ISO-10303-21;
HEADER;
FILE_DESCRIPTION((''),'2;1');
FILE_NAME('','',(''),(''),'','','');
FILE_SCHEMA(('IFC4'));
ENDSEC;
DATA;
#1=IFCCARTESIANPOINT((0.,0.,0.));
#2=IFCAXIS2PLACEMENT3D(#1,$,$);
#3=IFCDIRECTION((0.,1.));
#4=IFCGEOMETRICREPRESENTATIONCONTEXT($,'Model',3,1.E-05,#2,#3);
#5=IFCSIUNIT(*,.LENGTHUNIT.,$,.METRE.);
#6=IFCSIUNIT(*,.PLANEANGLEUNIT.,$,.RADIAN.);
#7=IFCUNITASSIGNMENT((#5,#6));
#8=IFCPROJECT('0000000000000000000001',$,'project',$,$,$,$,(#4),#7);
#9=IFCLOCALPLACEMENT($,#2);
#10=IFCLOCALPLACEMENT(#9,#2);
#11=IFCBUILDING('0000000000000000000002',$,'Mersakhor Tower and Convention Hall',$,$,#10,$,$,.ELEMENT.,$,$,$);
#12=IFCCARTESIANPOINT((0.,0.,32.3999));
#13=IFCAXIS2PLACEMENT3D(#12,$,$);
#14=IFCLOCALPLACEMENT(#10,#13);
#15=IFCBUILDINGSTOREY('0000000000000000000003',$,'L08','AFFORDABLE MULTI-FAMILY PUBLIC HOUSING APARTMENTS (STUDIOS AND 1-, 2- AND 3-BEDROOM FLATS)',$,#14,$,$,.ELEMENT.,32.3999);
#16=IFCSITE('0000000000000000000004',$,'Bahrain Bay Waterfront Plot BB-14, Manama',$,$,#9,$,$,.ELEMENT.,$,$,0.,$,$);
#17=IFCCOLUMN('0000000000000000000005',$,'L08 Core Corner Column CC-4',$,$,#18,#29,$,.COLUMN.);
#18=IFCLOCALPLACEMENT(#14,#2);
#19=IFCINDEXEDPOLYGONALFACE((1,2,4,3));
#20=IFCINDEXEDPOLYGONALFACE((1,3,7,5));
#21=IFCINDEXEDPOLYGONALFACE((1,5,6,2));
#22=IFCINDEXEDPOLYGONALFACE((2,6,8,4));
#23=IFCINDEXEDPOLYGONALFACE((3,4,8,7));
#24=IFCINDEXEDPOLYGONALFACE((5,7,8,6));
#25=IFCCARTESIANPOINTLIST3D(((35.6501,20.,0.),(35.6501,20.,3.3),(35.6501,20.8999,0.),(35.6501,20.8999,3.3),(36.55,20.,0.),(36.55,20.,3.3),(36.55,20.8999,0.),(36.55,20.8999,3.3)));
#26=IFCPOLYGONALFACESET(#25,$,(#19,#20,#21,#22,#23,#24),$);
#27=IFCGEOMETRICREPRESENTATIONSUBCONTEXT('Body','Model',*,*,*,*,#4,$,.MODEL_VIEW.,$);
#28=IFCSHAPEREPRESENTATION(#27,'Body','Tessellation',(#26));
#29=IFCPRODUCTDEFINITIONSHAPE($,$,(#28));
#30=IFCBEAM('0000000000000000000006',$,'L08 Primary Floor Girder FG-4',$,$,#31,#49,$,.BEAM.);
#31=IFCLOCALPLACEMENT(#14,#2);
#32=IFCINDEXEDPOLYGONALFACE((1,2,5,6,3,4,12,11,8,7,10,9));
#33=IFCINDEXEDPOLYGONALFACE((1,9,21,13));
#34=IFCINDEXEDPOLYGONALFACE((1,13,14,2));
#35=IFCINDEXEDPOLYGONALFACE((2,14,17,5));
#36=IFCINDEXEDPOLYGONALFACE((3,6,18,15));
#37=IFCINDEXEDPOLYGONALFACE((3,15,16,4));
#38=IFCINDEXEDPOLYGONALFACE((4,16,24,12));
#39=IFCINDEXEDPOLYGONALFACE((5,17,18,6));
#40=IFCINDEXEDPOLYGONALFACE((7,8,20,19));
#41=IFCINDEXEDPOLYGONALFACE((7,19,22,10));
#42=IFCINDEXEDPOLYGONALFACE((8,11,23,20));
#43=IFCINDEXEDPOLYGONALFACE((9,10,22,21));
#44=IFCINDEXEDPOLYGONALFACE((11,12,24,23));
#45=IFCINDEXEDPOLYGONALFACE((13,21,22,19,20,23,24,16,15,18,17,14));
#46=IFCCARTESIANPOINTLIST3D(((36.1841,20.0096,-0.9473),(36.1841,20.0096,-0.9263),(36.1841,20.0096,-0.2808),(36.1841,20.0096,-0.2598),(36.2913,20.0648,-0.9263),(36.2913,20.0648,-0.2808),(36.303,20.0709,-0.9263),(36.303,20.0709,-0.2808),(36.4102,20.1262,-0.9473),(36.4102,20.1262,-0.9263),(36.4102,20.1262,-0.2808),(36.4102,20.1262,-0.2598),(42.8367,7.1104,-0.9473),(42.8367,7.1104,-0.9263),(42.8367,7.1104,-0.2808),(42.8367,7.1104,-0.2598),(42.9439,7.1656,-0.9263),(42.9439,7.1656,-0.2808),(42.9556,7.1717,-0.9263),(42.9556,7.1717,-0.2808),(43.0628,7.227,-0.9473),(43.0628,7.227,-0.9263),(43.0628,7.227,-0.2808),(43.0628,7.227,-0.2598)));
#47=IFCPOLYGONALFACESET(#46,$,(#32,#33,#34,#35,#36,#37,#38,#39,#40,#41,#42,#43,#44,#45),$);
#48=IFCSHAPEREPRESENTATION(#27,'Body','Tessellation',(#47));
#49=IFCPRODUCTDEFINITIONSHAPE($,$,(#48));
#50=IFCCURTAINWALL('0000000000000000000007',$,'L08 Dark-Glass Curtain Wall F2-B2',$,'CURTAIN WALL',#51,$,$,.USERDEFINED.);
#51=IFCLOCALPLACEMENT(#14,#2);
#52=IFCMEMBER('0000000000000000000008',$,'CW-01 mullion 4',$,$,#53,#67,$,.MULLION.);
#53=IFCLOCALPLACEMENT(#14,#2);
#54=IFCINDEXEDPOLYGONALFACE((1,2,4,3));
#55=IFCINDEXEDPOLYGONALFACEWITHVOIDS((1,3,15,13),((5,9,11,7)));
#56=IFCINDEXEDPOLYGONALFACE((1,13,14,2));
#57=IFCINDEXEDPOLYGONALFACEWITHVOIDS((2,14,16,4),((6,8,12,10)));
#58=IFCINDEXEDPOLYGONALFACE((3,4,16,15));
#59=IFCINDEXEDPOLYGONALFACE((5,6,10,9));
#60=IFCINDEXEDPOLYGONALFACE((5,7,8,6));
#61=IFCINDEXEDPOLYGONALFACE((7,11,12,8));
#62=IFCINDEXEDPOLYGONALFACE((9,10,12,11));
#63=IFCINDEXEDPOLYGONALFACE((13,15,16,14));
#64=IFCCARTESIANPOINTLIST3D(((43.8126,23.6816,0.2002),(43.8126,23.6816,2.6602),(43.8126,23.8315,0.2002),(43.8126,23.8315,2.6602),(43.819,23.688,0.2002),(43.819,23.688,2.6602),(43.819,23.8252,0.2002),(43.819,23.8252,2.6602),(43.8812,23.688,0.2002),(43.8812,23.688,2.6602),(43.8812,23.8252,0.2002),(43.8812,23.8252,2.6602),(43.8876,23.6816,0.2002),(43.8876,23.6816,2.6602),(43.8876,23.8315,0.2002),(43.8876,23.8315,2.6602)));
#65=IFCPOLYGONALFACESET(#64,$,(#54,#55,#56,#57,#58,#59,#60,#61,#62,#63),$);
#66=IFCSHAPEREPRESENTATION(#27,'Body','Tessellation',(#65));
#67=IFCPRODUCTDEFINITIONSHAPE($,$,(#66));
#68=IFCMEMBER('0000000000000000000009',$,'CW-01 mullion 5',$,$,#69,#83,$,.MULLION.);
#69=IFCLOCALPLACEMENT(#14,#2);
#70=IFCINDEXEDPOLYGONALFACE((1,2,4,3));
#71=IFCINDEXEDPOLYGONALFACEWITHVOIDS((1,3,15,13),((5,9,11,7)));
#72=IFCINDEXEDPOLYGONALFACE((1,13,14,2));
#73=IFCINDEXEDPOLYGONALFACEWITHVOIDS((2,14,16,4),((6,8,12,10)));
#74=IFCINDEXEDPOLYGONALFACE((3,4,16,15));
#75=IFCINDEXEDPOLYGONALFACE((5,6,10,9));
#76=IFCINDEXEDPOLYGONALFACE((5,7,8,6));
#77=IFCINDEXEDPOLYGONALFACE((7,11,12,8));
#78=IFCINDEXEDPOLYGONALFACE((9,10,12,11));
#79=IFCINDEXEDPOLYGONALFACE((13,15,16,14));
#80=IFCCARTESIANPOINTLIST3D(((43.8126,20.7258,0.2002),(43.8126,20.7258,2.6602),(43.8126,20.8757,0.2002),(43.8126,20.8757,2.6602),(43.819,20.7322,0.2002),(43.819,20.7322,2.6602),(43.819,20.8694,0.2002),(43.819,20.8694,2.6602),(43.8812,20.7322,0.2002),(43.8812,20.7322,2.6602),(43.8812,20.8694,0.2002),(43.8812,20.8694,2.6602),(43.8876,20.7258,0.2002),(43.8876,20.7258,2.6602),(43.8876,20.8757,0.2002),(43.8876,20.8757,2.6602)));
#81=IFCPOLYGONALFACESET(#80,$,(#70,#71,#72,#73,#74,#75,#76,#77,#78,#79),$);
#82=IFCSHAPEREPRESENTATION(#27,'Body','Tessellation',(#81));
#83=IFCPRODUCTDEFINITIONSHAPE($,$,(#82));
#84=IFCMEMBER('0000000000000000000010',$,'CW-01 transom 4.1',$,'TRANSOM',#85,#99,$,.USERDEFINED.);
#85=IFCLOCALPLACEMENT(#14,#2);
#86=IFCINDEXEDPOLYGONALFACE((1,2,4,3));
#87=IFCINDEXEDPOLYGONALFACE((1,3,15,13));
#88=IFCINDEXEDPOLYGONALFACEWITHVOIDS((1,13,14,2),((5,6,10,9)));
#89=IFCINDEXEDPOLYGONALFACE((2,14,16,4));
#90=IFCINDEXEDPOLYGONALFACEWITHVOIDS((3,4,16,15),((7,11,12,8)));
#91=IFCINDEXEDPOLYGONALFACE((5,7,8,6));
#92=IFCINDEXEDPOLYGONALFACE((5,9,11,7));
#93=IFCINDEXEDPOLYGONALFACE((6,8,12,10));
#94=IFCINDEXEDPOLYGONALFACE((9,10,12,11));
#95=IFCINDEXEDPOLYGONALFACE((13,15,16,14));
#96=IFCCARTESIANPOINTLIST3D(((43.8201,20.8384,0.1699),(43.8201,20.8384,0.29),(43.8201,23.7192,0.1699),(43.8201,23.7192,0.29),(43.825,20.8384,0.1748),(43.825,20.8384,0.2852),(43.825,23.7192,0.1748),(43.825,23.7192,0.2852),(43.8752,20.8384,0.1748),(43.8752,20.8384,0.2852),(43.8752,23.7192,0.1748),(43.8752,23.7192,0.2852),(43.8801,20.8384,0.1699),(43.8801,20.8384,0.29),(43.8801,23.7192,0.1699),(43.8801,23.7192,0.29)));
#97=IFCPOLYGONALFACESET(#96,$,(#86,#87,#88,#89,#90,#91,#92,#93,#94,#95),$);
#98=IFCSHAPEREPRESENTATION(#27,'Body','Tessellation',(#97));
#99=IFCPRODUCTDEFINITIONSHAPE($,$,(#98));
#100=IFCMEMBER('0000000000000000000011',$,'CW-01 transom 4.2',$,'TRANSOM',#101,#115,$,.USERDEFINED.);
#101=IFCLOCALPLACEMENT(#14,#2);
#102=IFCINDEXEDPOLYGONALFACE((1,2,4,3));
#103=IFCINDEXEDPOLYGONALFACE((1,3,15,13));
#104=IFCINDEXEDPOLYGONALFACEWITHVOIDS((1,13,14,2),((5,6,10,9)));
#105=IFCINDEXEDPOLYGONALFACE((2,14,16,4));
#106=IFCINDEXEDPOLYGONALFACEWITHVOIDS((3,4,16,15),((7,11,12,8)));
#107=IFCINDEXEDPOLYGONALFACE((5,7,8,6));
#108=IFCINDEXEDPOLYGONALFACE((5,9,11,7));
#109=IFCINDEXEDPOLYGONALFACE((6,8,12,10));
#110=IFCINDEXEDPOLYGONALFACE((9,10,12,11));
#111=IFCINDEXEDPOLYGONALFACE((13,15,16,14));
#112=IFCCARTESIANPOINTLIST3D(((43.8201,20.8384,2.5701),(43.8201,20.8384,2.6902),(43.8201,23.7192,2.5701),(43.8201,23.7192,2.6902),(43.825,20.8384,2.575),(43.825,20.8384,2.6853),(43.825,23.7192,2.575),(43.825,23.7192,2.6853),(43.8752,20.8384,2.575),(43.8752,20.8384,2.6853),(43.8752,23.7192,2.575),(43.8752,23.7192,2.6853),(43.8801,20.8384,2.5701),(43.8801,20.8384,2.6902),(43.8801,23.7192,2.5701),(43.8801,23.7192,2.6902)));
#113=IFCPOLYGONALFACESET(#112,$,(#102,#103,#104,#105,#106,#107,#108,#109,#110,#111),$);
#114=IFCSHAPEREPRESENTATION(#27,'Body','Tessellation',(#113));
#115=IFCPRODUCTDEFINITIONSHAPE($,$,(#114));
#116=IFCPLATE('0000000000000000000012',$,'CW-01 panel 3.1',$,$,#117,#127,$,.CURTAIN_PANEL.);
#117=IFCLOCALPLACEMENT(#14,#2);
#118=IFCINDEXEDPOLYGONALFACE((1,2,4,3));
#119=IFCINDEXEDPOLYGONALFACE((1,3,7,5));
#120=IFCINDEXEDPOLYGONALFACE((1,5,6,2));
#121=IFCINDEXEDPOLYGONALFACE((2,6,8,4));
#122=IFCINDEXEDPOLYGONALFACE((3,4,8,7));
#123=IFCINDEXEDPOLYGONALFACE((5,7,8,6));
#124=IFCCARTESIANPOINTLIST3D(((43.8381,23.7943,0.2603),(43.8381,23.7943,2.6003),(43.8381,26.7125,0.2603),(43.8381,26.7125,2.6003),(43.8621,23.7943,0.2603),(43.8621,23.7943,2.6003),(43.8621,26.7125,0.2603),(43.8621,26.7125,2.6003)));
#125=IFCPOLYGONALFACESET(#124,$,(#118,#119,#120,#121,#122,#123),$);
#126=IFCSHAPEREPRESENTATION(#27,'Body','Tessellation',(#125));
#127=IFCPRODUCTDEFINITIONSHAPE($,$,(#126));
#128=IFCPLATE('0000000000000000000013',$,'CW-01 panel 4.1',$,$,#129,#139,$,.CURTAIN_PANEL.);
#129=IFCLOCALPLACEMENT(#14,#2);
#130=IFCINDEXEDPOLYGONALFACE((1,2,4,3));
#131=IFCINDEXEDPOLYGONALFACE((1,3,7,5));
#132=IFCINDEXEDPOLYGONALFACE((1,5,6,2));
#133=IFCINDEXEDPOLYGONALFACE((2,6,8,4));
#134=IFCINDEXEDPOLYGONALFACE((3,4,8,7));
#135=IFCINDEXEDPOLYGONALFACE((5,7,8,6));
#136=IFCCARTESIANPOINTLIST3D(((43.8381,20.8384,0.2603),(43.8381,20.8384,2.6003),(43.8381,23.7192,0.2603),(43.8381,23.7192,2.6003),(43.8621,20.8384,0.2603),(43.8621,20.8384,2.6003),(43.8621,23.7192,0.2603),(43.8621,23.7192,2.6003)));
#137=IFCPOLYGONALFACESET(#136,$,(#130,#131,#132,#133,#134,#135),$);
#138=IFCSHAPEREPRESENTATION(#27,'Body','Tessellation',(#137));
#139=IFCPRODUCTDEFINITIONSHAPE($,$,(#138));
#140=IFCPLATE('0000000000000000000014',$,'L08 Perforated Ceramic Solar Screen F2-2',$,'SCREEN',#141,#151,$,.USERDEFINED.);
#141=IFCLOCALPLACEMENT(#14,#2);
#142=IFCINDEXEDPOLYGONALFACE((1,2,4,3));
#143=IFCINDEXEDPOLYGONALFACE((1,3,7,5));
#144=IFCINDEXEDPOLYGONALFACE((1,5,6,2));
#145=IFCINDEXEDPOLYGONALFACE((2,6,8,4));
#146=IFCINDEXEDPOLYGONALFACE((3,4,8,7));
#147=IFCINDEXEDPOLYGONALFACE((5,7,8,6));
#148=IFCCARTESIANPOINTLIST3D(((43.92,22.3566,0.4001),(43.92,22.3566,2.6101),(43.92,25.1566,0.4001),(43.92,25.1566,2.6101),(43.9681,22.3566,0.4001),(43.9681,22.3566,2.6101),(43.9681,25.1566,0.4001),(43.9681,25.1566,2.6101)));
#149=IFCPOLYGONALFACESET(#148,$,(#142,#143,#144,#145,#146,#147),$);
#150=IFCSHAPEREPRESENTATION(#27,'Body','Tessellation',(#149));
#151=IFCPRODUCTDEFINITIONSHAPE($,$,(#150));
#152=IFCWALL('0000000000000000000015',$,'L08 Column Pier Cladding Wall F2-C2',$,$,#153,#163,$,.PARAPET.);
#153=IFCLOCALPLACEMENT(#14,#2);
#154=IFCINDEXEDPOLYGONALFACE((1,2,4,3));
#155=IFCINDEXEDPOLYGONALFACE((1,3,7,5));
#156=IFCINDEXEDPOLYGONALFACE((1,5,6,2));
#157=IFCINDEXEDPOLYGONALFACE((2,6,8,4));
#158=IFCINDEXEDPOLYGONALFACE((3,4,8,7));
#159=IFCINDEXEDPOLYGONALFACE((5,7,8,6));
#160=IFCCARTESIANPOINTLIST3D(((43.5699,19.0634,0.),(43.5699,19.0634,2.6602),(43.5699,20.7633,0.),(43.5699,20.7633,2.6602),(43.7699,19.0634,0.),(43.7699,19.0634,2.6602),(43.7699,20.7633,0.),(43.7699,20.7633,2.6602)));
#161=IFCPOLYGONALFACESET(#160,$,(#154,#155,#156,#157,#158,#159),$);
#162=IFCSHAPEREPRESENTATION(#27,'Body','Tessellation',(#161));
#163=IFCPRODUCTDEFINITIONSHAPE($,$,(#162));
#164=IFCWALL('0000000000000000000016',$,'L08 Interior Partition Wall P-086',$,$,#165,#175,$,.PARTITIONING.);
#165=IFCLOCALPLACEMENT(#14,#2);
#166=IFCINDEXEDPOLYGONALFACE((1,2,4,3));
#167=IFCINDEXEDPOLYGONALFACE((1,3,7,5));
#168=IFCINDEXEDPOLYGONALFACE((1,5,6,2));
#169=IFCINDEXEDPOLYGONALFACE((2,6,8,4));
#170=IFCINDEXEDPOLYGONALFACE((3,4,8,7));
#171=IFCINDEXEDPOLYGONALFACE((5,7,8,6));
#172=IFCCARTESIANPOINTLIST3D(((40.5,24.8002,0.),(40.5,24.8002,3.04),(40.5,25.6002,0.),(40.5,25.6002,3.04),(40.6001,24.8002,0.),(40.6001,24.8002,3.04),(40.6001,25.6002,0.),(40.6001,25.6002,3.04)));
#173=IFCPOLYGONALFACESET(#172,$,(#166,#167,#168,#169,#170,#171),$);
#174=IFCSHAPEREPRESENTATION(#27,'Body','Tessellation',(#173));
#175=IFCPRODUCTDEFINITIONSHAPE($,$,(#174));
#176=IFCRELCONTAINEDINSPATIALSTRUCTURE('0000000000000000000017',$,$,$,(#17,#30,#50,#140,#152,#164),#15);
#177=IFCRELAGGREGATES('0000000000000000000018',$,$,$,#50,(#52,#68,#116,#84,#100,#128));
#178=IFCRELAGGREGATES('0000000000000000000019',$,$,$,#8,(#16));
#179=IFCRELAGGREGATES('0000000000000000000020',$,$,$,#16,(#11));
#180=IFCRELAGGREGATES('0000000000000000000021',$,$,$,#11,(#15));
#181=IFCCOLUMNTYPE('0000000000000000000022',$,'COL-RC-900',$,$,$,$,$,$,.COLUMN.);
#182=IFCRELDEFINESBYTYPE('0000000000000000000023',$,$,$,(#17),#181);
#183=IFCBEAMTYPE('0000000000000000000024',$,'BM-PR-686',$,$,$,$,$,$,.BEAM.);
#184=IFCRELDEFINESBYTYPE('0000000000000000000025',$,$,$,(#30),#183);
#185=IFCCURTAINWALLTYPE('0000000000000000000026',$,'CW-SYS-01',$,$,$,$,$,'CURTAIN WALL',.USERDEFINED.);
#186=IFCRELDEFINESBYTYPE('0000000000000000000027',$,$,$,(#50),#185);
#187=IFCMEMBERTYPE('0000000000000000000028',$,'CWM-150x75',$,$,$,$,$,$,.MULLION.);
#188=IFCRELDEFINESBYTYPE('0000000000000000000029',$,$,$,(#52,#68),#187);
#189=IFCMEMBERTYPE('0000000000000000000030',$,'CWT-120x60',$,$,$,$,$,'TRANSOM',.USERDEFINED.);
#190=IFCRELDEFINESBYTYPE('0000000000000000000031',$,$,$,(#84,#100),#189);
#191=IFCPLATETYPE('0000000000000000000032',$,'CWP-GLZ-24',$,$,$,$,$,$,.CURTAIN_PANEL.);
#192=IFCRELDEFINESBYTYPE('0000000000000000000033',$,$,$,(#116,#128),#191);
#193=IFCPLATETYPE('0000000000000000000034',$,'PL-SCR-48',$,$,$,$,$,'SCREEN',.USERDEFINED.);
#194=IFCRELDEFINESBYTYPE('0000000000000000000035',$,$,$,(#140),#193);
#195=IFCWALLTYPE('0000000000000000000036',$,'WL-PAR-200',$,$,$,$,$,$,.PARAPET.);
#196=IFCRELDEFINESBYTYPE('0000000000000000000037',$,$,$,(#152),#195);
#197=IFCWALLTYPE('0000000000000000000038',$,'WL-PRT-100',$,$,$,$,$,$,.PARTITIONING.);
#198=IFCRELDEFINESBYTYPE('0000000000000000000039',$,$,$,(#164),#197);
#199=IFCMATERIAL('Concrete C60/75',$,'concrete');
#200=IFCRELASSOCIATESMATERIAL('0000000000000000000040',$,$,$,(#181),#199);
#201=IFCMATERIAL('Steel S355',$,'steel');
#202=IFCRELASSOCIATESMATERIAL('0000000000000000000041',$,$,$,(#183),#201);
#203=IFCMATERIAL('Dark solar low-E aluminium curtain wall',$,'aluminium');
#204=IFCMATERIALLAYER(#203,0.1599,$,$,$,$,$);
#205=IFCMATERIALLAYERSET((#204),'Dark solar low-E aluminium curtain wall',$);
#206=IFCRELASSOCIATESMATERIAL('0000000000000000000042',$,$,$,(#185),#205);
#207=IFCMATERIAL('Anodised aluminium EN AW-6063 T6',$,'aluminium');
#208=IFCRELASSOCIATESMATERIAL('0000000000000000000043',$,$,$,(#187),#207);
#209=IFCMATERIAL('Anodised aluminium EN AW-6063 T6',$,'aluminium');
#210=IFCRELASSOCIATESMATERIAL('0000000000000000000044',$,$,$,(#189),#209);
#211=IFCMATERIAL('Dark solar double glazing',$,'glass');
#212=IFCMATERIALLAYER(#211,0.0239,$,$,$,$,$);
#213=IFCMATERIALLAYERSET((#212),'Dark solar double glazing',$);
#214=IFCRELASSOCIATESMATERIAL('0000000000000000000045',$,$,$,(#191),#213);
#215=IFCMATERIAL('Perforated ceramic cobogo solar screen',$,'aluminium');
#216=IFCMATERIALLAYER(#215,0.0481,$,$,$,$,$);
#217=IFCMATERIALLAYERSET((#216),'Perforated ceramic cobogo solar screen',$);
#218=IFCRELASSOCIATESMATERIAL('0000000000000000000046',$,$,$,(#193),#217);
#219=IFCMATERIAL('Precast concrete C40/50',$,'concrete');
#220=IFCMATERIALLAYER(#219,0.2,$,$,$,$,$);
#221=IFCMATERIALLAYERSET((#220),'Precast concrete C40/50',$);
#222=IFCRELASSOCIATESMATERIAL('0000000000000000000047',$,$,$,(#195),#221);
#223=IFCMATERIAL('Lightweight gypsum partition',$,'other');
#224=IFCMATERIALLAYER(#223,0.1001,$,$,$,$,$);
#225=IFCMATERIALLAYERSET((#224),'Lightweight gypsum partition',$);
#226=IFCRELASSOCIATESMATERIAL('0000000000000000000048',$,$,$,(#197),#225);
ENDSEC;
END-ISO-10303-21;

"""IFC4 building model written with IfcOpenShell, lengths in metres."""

from ifc_helpers import new_model, si_unit, direction, frame, frame_2d, origin, origin_2d, place, context, subcontext, project, spatial, rectangle, hollow_rectangle, i_section, extrude, material, layer, layer_set, material_profile, profile_set, type_object, element, aggregate, save


model = new_model("IFC4")

# Units and contexts
model_context = context("Model", 3, precision=1e-05, world=origin(), true_north=direction((0.0, 1.0)))
body_context = subcontext(model_context, "Body", "Model", "MODEL_VIEW")
ifc_project = project(units=[si_unit("LENGTHUNIT", "METRE"), si_unit("PLANEANGLEUNIT", "RADIAN")], contexts=[model_context])

# Site, building, storey
site_placement = place(None, origin())
site = spatial("IfcSite", under=ifc_project, at=site_placement, Name="Bahrain Bay Waterfront Plot BB-14, Manama", CompositionType="ELEMENT", RefElevation=0.0)
building_placement = place(site_placement, origin())
building = spatial("IfcBuilding", under=site, at=building_placement, Name="Mersakhor Tower and Convention Hall", CompositionType="ELEMENT")
storey_placement = place(building_placement, frame((0.0, 0.0, 32.3999)))
storey = spatial("IfcBuildingStorey", under=building, at=storey_placement, Name="L08", Description="AFFORDABLE MULTI-FAMILY PUBLIC HOUSING APARTMENTS (STUDIOS AND 1-, 2- AND 3-BEDROOM FLATS)", CompositionType="ELEMENT", Elevation=32.3999)

# Column
ifc_material_1 = material(Name="Concrete C60/75", Category="concrete")
ifc_material_profile_1 = material_profile(ifc_material_1, rectangle(XDim=0.8999, YDim=0.8999, at=origin_2d()), Name="RC 900x900")
ifc_profile_set_1 = profile_set([ifc_material_profile_1], Name="Concrete C60/75")
column_type = type_object("IfcColumnType", Name="COL-RC-900", PredefinedType="COLUMN", material=ifc_profile_set_1)
column_placement = place(storey_placement, frame((36.1001, 20.45, 0.0), z_axis=(0.0, 0.0, 1.0), x_axis=(1.0, 0.0, 0.0)))
element("IfcColumn", 1, at=column_placement, inside=storey, type_object=column_type, Name="L08 Core Corner Column CC-4", PredefinedType="COLUMN", context=body_context, shape_type="SweptSolid", body=[
    extrude(rectangle(XDim=0.8999, YDim=0.8999, at=origin_2d()), origin(), (0.0, 0.0, 1.0), 3.3),
])

# Beam
ifc_material_2 = material(Name="Steel S355", Category="steel")
ifc_material_profile_2 = material_profile(ifc_material_2, i_section(OverallWidth=0.2544, OverallDepth=0.6875, WebThickness=0.0132, FlangeThickness=0.021, at=origin_2d()), Name="UB 686x254x152")
ifc_profile_set_2 = profile_set([ifc_material_profile_2], Name="Steel S355")
beam_type = type_object("IfcBeamType", Name="BM-PR-686", PredefinedType="BEAM", material=ifc_profile_set_2)
beam_placement = place(storey_placement, frame((36.2971, 20.0679, -0.6035), z_axis=(0.458368, -0.888762, 0.0), x_axis=(0.888762, 0.458368, 0.0)))
element("IfcBeam", 2, at=beam_placement, inside=storey, type_object=beam_type, Name="L08 Primary Floor Girder FG-4", PredefinedType="BEAM", context=body_context, shape_type="SweptSolid", body=[
    extrude(i_section(OverallWidth=0.2544, OverallDepth=0.6875, WebThickness=0.0132, FlangeThickness=0.021, at=origin_2d()), origin(), (0.0, 0.0, 1.0), 14.5137),
])

# Curtain wall, members, plates
ifc_material_3 = material(Name="Dark solar low-E aluminium curtain wall", Category="aluminium")
ifc_layer_1 = layer(ifc_material_3, 0.1599)
ifc_layer_set_1 = layer_set([ifc_layer_1], Name="Dark solar low-E aluminium curtain wall")
curtain_wall_type = type_object("IfcCurtainWallType", Name="CW-SYS-01", ElementType="CURTAIN WALL", PredefinedType="USERDEFINED", material=ifc_layer_set_1)
curtain_wall_placement = place(storey_placement, origin())
curtain_wall = element("IfcCurtainWall", 3, at=curtain_wall_placement, inside=storey, type_object=curtain_wall_type, Name="L08 Dark-Glass Curtain Wall F2-B2", ObjectType="CURTAIN WALL", PredefinedType="USERDEFINED")
ifc_material_4 = material(Name="Anodised aluminium EN AW-6063 T6", Category="aluminium")
ifc_material_profile_3 = material_profile(ifc_material_4, hollow_rectangle(XDim=0.075, YDim=0.1499, WallThickness=0.0063, at=origin_2d()), Name="RHS 150x75x6.3")
ifc_profile_set_3 = profile_set([ifc_material_profile_3], Name="Anodised aluminium EN AW-6063 T6")
member_type_1 = type_object("IfcMemberType", Name="CWM-150x75", PredefinedType="MULLION", material=ifc_profile_set_3)
member_1_placement = place(storey_placement, frame((43.8501, 23.7566, 0.2002), z_axis=(0.0, 0.0, 1.0), x_axis=(1.0, 0.0, 0.0)))
member_1 = element("IfcMember", 4, at=member_1_placement, type_object=member_type_1, Name="CW-01 mullion 4", PredefinedType="MULLION", context=body_context, shape_type="SweptSolid", body=[
    extrude(hollow_rectangle(XDim=0.075, YDim=0.1499, WallThickness=0.0063, at=origin_2d()), origin(), (0.0, 0.0, 1.0), 2.46),
])
member_2_placement = place(storey_placement, frame((43.8501, 20.8008, 0.2002), z_axis=(0.0, 0.0, 1.0), x_axis=(1.0, 0.0, 0.0)))
member_2 = element("IfcMember", 5, at=member_2_placement, type_object=member_type_1, Name="CW-01 mullion 5", PredefinedType="MULLION", context=body_context, shape_type="SweptSolid", body=[
    extrude(hollow_rectangle(XDim=0.075, YDim=0.1499, WallThickness=0.0063, at=origin_2d()), origin(), (0.0, 0.0, 1.0), 2.46),
])
ifc_material_5 = material(Name="Anodised aluminium EN AW-6063 T6", Category="aluminium")
ifc_material_profile_4 = material_profile(ifc_material_5, hollow_rectangle(XDim=0.0601, YDim=0.1201, WallThickness=0.0049, at=origin_2d()), Name="RHS 120x60x5")
ifc_profile_set_4 = profile_set([ifc_material_profile_4], Name="Anodised aluminium EN AW-6063 T6")
member_type_2 = type_object("IfcMemberType", Name="CWT-120x60", ElementType="TRANSOM", PredefinedType="USERDEFINED", material=ifc_profile_set_4)
member_3_placement = place(storey_placement, frame((43.8501, 23.7192, 0.23), z_axis=(0.0, -1.0, 0.0), x_axis=(1.0, 0.0, 0.0)))
member_3 = element("IfcMember", 6, at=member_3_placement, type_object=member_type_2, Name="CW-01 transom 4.1", ObjectType="TRANSOM", PredefinedType="USERDEFINED", context=body_context, shape_type="SweptSolid", body=[
    extrude(hollow_rectangle(XDim=0.0601, YDim=0.1201, WallThickness=0.0049, at=origin_2d()), origin(), (0.0, 0.0, 1.0), 2.8809),
])
member_4_placement = place(storey_placement, frame((43.8501, 23.7192, 2.6301), z_axis=(0.0, -1.0, 0.0), x_axis=(1.0, 0.0, 0.0)))
member_4 = element("IfcMember", 7, at=member_4_placement, type_object=member_type_2, Name="CW-01 transom 4.2", ObjectType="TRANSOM", PredefinedType="USERDEFINED", context=body_context, shape_type="SweptSolid", body=[
    extrude(hollow_rectangle(XDim=0.0601, YDim=0.1201, WallThickness=0.0049, at=origin_2d()), origin(), (0.0, 0.0, 1.0), 2.8809),
])
ifc_material_6 = material(Name="Dark solar double glazing", Category="glass")
ifc_layer_2 = layer(ifc_material_6, 0.0239)
ifc_layer_set_2 = layer_set([ifc_layer_2], Name="Dark solar double glazing")
plate_type_1 = type_object("IfcPlateType", Name="CWP-GLZ-24", PredefinedType="CURTAIN_PANEL", material=ifc_layer_set_2)
plate_1_placement = place(storey_placement, frame((43.8501, 25.2534, 0.2603), z_axis=(0.0, 0.0, 1.0), x_axis=(0.0, -1.0, 0.0)))
plate_1 = element("IfcPlate", 8, at=plate_1_placement, type_object=plate_type_1, Name="CW-01 panel 3.1", PredefinedType="CURTAIN_PANEL", context=body_context, shape_type="SweptSolid", body=[
    extrude(rectangle(XDim=2.9182, YDim=0.0239, at=origin_2d()), origin(), (0.0, 0.0, 1.0), 2.3401),
])
plate_2_placement = place(storey_placement, frame((43.8501, 22.2788, 0.2603), z_axis=(0.0, 0.0, 1.0), x_axis=(0.0, -1.0, 0.0)))
plate_2 = element("IfcPlate", 9, at=plate_2_placement, type_object=plate_type_1, Name="CW-01 panel 4.1", PredefinedType="CURTAIN_PANEL", context=body_context, shape_type="SweptSolid", body=[
    extrude(rectangle(XDim=2.8809, YDim=0.0239, at=origin_2d()), origin(), (0.0, 0.0, 1.0), 2.3401),
])
aggregate(curtain_wall, [member_1, member_2, plate_1, member_3, member_4, plate_2])

# Plate
ifc_material_7 = material(Name="Perforated ceramic cobogo solar screen", Category="aluminium")
ifc_layer_3 = layer(ifc_material_7, 0.0481)
ifc_layer_set_3 = layer_set([ifc_layer_3], Name="Perforated ceramic cobogo solar screen")
plate_type_2 = type_object("IfcPlateType", Name="PL-SCR-48", ElementType="SCREEN", PredefinedType="USERDEFINED", material=ifc_layer_set_3)
plate_3_placement = place(storey_placement, frame((43.9441, 23.7566, 0.4001), z_axis=(0.0, 0.0, 1.0), x_axis=(0.0, -1.0, 0.0)))
element("IfcPlate", 10, at=plate_3_placement, inside=storey, type_object=plate_type_2, Name="L08 Perforated Ceramic Solar Screen F2-2", ObjectType="SCREEN", PredefinedType="USERDEFINED", context=body_context, shape_type="SweptSolid", body=[
    extrude(rectangle(XDim=2.8, YDim=0.0481, at=origin_2d()), origin(), (0.0, 0.0, 1.0), 2.21),
])

# Walls
ifc_material_8 = material(Name="Precast concrete C40/50", Category="concrete")
ifc_layer_4 = layer(ifc_material_8, 0.2)
ifc_layer_set_4 = layer_set([ifc_layer_4], Name="Precast concrete C40/50")
wall_type_1 = type_object("IfcWallType", Name="WL-PAR-200", PredefinedType="PARAPET", material=ifc_layer_set_4)
wall_1_placement = place(storey_placement, frame((43.6699, 20.7634, 0.0), z_axis=(0.0, 0.0, 1.0), x_axis=(0.0, -1.0, 0.0)))
element("IfcWall", 11, at=wall_1_placement, inside=storey, type_object=wall_type_1, Name="L08 Column Pier Cladding Wall F2-C2", PredefinedType="PARAPET", context=body_context, shape_type="SweptSolid", body=[
    extrude(rectangle(XDim=1.7, YDim=0.2, at=frame_2d((0.8501, 0.0))), origin(), (0.0, 0.0, 1.0), 2.6602),
])
ifc_material_9 = material(Name="Lightweight gypsum partition", Category="other")
ifc_layer_5 = layer(ifc_material_9, 0.1001)
ifc_layer_set_5 = layer_set([ifc_layer_5], Name="Lightweight gypsum partition")
wall_type_2 = type_object("IfcWallType", Name="WL-PRT-100", PredefinedType="PARTITIONING", material=ifc_layer_set_5)
wall_2_placement = place(storey_placement, frame((40.55, 25.6001, 0.0), z_axis=(0.0, 0.0, 1.0), x_axis=(0.0, -1.0, 0.0)))
element("IfcWall", 12, at=wall_2_placement, inside=storey, type_object=wall_type_2, Name="L08 Interior Partition Wall P-086", PredefinedType="PARTITIONING", context=body_context, shape_type="SweptSolid", body=[
    extrude(rectangle(XDim=0.8, YDim=0.1001, at=frame_2d((0.3999, 0.0))), origin(), (0.0, 0.0, 1.0), 3.04),
])

save(model, "model.ifc")
